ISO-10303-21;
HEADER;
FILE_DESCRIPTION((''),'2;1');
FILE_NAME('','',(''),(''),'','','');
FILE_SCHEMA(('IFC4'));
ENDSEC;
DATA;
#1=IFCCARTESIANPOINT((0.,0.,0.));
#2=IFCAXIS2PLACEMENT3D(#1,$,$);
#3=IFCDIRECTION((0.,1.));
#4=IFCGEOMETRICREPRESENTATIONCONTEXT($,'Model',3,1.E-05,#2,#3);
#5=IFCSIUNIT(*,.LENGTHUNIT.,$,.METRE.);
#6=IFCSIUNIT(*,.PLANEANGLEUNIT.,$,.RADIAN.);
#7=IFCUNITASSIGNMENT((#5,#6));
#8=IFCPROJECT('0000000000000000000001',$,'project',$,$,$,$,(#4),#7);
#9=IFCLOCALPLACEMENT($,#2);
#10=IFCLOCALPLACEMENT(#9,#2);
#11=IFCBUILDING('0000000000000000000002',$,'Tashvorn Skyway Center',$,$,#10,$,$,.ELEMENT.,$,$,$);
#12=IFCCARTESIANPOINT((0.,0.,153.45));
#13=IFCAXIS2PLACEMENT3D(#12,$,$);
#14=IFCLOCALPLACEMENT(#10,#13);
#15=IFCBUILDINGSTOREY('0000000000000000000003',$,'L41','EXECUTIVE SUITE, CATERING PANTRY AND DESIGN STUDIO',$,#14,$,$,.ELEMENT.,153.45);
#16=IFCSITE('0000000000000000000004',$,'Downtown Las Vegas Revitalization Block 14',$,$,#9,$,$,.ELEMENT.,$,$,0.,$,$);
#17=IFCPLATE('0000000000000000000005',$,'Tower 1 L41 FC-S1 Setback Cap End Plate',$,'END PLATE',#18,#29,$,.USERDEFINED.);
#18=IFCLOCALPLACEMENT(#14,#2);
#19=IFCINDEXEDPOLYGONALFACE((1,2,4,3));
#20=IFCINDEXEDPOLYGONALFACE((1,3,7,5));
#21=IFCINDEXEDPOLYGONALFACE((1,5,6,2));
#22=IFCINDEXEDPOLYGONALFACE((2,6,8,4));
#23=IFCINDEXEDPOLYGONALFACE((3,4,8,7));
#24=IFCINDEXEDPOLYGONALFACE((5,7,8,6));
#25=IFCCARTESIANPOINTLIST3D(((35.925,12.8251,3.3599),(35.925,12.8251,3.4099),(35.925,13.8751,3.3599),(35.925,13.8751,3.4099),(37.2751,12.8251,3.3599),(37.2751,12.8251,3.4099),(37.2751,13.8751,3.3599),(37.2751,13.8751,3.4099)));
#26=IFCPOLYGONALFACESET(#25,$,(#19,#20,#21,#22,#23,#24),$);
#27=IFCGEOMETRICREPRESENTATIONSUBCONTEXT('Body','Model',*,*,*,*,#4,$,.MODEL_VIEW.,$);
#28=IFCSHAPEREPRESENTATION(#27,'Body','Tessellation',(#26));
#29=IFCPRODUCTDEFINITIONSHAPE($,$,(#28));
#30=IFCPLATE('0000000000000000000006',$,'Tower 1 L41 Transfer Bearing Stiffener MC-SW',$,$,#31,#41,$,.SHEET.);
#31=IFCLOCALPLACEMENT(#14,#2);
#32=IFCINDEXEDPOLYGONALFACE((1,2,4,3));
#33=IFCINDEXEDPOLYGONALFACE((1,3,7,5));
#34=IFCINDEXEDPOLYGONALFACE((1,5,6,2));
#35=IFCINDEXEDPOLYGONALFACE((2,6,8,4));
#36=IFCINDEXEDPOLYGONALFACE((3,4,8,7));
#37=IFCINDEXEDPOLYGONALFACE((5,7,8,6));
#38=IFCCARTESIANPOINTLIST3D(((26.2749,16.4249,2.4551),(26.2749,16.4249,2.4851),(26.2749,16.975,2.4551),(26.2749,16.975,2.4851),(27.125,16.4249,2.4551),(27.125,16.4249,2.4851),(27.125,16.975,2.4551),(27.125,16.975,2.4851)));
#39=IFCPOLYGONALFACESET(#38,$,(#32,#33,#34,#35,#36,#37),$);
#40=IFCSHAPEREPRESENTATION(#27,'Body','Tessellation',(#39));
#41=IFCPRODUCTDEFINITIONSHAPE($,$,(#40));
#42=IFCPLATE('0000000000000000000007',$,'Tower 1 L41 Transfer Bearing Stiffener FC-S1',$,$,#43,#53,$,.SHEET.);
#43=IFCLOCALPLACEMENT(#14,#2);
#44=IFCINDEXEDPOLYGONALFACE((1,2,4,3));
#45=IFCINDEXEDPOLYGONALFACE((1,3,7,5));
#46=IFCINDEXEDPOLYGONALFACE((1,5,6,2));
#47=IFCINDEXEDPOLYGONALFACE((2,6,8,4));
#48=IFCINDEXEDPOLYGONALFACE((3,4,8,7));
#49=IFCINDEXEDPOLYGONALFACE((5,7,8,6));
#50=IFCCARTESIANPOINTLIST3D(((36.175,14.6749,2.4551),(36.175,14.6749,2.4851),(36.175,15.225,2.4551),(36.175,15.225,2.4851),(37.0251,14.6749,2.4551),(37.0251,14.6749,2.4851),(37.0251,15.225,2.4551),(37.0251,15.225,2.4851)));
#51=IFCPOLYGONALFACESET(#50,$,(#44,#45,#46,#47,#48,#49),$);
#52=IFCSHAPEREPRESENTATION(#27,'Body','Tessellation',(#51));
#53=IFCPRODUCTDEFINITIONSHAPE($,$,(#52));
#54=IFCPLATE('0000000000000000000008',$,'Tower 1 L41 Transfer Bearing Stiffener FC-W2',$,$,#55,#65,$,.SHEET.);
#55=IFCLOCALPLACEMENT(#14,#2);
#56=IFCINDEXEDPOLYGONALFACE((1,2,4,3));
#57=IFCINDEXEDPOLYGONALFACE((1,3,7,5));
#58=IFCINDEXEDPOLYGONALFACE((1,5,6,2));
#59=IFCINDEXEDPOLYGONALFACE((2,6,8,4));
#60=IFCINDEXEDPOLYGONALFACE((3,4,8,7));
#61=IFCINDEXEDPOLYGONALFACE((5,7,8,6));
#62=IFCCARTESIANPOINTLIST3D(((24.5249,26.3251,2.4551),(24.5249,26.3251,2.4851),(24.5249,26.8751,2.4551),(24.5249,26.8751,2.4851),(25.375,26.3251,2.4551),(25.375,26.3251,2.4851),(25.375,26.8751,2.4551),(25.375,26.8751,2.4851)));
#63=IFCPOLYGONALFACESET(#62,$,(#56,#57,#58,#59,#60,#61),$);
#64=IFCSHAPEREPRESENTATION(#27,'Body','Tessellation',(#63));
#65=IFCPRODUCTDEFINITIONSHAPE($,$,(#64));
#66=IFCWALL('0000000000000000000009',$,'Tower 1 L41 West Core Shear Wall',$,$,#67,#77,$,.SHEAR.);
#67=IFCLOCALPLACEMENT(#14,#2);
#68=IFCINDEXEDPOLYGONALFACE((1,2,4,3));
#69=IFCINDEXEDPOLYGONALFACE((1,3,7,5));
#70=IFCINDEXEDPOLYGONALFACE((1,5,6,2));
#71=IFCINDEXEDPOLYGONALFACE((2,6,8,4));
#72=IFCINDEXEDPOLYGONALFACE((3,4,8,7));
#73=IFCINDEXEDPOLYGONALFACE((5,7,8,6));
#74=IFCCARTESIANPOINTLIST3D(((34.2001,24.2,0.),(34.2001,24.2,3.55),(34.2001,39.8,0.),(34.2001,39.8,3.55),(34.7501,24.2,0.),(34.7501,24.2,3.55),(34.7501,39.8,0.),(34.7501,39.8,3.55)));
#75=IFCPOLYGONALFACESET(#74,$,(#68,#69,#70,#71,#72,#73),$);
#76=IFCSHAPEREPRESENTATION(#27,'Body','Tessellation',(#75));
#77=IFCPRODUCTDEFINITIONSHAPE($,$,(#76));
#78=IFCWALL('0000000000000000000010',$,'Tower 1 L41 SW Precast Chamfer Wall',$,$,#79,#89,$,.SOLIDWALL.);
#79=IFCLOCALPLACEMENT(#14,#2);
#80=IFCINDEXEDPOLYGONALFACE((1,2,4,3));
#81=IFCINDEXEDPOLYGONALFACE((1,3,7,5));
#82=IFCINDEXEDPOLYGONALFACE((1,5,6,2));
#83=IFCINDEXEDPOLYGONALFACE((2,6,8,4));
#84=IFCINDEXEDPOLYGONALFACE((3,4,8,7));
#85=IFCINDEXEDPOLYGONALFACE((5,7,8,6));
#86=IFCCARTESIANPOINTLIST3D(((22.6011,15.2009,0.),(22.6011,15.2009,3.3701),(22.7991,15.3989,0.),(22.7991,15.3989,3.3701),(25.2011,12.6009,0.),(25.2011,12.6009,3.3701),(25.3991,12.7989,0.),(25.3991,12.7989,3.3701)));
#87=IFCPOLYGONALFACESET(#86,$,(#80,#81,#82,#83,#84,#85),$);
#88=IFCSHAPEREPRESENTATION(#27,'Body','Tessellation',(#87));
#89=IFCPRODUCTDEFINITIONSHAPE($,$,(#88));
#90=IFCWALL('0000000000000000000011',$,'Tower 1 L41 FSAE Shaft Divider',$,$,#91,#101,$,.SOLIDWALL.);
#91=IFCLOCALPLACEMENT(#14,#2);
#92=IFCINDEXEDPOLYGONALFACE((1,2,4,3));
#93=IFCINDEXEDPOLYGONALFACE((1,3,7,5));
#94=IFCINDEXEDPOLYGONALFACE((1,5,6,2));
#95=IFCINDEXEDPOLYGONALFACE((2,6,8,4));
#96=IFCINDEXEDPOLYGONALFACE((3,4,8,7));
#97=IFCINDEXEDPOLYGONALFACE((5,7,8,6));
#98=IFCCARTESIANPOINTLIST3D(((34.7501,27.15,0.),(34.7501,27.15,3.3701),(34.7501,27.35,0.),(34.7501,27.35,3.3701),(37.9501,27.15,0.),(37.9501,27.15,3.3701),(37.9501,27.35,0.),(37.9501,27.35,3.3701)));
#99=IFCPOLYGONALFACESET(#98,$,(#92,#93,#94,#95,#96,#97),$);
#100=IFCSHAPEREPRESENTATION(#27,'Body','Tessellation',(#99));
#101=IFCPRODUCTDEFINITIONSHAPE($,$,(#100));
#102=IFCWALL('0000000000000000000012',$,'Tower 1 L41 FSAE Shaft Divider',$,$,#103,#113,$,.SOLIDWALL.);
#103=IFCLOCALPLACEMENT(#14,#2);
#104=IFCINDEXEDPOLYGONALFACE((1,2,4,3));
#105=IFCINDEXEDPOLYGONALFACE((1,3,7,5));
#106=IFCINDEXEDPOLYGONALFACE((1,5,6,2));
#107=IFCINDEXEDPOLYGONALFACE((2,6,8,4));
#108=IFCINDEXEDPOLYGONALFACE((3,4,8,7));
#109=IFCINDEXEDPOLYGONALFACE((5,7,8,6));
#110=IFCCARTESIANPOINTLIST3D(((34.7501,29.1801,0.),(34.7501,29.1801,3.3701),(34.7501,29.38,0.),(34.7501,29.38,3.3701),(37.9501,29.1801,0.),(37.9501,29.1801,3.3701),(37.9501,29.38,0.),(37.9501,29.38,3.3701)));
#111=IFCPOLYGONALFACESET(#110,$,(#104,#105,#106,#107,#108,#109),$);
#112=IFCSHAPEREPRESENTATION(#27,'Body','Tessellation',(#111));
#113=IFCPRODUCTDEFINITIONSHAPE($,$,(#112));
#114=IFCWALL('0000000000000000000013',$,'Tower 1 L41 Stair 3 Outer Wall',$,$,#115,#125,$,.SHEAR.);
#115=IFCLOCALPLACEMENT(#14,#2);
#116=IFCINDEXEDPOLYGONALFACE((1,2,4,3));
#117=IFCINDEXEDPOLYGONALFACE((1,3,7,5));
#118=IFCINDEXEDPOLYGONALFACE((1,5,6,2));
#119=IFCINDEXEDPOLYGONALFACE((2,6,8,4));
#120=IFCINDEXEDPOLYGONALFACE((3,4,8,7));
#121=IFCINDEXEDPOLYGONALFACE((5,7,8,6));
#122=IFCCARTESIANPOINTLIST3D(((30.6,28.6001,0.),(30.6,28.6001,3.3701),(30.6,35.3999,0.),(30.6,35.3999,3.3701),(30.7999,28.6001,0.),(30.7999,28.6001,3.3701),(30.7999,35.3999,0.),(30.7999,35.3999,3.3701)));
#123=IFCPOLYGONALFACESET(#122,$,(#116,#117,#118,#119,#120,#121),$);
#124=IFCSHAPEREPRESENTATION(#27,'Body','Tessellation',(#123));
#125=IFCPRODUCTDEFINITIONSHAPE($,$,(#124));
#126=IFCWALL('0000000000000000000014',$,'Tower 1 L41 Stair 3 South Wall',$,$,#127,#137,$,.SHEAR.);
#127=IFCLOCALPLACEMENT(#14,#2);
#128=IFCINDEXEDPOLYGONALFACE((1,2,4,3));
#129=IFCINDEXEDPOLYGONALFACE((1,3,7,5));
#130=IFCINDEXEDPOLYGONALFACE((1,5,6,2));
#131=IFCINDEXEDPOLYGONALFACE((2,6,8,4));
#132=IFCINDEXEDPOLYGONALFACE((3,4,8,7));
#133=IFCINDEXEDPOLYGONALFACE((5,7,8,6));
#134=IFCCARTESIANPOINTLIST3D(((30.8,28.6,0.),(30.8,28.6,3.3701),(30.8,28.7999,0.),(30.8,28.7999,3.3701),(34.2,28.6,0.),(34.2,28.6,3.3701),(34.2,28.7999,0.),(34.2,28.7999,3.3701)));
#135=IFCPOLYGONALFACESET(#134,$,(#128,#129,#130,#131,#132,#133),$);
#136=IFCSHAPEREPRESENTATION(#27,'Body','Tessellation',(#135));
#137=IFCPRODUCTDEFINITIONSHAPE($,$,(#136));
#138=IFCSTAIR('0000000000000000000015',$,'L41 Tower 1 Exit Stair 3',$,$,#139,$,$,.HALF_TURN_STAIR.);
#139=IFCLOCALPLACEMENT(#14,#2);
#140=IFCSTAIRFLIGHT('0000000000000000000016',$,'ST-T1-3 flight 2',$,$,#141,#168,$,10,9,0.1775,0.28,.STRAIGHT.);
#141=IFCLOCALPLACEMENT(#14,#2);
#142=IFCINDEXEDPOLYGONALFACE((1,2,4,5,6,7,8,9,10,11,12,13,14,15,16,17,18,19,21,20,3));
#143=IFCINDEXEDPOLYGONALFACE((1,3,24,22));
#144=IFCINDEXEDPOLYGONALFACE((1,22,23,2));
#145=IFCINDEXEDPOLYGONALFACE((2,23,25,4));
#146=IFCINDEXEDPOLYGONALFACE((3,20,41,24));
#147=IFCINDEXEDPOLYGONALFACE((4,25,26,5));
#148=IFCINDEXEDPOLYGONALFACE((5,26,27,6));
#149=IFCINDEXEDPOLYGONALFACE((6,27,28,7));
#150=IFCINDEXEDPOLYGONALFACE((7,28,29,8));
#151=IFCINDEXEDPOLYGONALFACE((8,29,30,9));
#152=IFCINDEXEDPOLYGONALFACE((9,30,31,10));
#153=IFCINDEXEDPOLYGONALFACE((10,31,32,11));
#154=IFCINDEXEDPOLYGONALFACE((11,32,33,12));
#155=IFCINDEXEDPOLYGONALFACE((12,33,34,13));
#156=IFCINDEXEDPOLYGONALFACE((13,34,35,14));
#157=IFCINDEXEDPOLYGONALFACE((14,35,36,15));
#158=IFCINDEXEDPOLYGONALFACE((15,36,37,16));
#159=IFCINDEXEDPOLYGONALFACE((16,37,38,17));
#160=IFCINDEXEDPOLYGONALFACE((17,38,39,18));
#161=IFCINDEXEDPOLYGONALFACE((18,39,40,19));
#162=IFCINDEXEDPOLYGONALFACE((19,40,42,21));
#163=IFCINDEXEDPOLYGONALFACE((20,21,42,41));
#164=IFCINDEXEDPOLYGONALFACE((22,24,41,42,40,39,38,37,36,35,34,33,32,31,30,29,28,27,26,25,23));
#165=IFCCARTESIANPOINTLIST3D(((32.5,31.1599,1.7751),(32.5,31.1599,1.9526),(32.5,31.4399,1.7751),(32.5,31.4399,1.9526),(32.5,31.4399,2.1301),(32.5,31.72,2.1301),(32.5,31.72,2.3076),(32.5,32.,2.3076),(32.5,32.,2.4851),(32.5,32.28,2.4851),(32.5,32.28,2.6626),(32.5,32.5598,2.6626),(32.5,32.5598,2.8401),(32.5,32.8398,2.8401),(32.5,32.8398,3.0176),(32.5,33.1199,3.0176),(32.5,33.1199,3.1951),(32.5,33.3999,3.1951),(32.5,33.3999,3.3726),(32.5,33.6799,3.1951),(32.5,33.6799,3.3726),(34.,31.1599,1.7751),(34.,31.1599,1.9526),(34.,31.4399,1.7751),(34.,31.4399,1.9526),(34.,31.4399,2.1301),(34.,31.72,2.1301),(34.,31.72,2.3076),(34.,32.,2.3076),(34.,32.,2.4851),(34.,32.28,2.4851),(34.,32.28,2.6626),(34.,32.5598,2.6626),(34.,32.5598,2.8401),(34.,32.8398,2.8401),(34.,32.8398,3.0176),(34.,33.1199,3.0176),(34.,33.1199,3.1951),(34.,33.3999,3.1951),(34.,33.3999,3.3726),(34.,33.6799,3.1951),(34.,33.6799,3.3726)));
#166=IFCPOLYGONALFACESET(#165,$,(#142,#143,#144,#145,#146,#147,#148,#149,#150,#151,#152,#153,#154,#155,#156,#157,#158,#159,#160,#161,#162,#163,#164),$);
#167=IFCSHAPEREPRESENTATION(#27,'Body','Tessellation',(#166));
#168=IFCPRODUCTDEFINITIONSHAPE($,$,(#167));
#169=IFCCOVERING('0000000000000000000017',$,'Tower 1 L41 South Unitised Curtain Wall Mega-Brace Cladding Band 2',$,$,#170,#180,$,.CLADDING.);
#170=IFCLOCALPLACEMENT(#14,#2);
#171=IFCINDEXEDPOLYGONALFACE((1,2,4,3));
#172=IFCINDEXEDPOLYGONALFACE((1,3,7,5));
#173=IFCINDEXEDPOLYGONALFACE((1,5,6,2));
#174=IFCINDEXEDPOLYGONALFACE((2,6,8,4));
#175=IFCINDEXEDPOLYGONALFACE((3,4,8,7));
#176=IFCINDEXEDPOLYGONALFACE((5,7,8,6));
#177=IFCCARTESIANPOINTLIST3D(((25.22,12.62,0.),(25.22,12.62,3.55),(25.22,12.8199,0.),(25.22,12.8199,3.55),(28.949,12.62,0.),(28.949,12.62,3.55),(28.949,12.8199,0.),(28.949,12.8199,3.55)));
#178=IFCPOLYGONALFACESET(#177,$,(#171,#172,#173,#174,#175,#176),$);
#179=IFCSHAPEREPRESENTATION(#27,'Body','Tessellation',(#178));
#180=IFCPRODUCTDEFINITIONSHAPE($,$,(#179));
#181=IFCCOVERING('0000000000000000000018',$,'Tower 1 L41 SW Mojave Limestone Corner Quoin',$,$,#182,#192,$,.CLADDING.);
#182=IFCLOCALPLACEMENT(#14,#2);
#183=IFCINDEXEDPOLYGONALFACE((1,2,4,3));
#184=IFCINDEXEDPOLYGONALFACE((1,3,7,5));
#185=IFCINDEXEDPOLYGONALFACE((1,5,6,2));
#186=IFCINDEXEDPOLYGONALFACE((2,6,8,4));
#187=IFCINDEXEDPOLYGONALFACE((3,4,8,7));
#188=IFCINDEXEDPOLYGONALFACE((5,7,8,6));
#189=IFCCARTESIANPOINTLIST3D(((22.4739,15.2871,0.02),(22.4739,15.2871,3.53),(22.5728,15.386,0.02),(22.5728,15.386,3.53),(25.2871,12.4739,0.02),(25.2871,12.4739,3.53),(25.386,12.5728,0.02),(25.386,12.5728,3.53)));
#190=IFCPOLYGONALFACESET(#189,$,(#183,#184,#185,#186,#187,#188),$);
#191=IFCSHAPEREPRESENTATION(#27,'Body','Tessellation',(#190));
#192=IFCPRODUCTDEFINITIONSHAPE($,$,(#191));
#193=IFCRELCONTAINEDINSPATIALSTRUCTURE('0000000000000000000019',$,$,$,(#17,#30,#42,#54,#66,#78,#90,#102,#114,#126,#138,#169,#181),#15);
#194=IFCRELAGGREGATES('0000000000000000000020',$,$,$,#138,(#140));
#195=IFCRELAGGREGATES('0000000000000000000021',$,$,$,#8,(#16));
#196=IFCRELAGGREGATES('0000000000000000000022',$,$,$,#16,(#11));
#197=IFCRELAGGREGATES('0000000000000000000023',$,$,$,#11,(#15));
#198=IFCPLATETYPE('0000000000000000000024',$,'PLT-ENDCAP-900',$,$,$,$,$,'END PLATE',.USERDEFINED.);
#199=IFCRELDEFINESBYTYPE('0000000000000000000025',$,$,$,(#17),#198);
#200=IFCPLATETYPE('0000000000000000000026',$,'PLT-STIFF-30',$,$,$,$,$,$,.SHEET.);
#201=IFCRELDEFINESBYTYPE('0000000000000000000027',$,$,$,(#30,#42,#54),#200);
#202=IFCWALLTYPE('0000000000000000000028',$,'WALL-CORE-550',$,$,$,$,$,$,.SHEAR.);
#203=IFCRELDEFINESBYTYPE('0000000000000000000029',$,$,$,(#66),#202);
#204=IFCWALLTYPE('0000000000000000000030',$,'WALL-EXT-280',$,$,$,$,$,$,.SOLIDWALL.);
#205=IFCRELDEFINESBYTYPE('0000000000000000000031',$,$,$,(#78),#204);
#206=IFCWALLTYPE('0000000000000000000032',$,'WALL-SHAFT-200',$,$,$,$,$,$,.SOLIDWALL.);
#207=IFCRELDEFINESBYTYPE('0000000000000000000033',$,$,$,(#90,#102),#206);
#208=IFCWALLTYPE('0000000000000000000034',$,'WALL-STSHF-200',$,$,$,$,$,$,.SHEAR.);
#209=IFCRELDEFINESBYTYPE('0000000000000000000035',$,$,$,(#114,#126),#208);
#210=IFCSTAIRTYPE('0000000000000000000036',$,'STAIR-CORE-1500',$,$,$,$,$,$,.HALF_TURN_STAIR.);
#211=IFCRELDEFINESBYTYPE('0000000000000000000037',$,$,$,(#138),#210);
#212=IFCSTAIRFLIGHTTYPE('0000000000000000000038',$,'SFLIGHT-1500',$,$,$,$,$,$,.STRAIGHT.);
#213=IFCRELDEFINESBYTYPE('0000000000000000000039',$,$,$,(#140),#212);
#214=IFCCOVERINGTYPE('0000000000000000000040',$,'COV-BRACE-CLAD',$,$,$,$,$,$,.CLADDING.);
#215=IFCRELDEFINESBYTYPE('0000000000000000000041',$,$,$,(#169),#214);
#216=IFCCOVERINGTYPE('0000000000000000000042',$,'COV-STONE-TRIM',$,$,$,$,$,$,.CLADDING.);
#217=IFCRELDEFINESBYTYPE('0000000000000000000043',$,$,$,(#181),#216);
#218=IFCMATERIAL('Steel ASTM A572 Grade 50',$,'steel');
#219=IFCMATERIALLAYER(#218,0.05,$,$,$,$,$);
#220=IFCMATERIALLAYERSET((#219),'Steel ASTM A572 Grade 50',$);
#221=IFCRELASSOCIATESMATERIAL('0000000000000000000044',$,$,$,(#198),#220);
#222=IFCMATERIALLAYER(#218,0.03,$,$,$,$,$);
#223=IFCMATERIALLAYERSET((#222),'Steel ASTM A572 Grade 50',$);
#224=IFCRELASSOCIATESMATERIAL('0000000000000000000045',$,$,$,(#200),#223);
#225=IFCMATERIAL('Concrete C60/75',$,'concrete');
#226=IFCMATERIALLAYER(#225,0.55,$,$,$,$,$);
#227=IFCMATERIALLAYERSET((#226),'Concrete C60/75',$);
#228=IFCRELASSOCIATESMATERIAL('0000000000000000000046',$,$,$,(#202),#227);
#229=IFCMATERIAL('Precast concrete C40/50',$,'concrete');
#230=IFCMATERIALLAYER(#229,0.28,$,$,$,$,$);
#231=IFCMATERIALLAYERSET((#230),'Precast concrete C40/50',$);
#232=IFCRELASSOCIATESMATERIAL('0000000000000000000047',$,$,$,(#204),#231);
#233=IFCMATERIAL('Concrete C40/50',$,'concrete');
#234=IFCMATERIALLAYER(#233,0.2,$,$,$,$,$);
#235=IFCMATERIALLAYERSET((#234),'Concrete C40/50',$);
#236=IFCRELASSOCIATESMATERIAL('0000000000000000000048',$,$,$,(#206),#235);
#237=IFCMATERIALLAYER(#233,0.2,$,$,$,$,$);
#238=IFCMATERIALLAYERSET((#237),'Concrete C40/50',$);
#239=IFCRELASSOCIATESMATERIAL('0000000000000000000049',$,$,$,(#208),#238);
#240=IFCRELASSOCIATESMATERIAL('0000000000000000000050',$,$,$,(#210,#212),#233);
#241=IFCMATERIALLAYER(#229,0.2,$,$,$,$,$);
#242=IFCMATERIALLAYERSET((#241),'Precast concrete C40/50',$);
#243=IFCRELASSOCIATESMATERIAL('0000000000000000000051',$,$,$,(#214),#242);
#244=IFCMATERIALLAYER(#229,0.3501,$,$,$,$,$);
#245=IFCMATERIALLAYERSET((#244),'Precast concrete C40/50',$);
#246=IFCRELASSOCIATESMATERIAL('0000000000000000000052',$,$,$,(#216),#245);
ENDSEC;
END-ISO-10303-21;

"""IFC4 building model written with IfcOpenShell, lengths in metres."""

from ifc_helpers import new_model, si_unit, direction, frame, frame_2d, origin, origin_2d, place, context, subcontext, project, spatial, polyline, rectangle, outline, extrude, material, layer, layer_set, type_object, element, aggregate, save


model = new_model("IFC4")

# Units and contexts
model_context = context("Model", 3, precision=1e-05, world=origin(), true_north=direction((0.0, 1.0)))
body_context = subcontext(model_context, "Body", "Model", "MODEL_VIEW")
ifc_project = project(units=[si_unit("LENGTHUNIT", "METRE"), si_unit("PLANEANGLEUNIT", "RADIAN")], contexts=[model_context])

# Site, building, storey
site_placement = place(None, origin())
site = spatial("IfcSite", under=ifc_project, at=site_placement, Name="Downtown Las Vegas Revitalization Block 14", CompositionType="ELEMENT", RefElevation=0.0)
building_placement = place(site_placement, origin())
building = spatial("IfcBuilding", under=site, at=building_placement, Name="Tashvorn Skyway Center", CompositionType="ELEMENT")
storey_placement = place(building_placement, frame((0.0, 0.0, 153.45)))
storey = spatial("IfcBuildingStorey", under=building, at=storey_placement, Name="L41", Description="EXECUTIVE SUITE, CATERING PANTRY AND DESIGN STUDIO", CompositionType="ELEMENT", Elevation=153.45)

# Shared definitions
ifc_material_1 = material(Name="Steel ASTM A572 Grade 50", Category="steel")

# Plates
ifc_layer_1 = layer(ifc_material_1, 0.05)
ifc_layer_set_1 = layer_set([ifc_layer_1], Name="Steel ASTM A572 Grade 50")
plate_type_1 = type_object("IfcPlateType", Name="PLT-ENDCAP-900", ElementType="END PLATE", PredefinedType="USERDEFINED", material=ifc_layer_set_1)
plate_1_placement = place(storey_placement, frame((36.6001, 13.3501, 3.3599), z_axis=(0.0, 0.0, 1.0), x_axis=(1.0, 0.0, 0.0)))
element("IfcPlate", 1, at=plate_1_placement, inside=storey, type_object=plate_type_1, Name="Tower 1 L41 FC-S1 Setback Cap End Plate", ObjectType="END PLATE", PredefinedType="USERDEFINED", context=body_context, shape_type="SweptSolid", body=[
    extrude(rectangle(XDim=1.3501, YDim=1.05, at=origin_2d()), origin(), (0.0, 0.0, 1.0), 0.05),
])
ifc_layer_2 = layer(ifc_material_1, 0.03)
ifc_layer_set_2 = layer_set([ifc_layer_2], Name="Steel ASTM A572 Grade 50")
plate_type_2 = type_object("IfcPlateType", Name="PLT-STIFF-30", PredefinedType="SHEET", material=ifc_layer_set_2)
for number, where, z_axis, x_axis, name in (
    (2, (26.7, 16.7, 2.4551), (0.0, 0.0, 1.0), (1.0, 0.0, 0.0), "Tower 1 L41 Transfer Bearing Stiffener MC-SW"),
    (3, (36.6001, 14.95, 2.4551), (0.0, 0.0, 1.0), (1.0, 0.0, 0.0), "Tower 1 L41 Transfer Bearing Stiffener FC-S1"),
    (4, (24.95, 26.6001, 2.4551), (0.0, 0.0, 1.0), (1.0, 0.0, 0.0), "Tower 1 L41 Transfer Bearing Stiffener FC-W2"),
):
    element("IfcPlate", number, at=place(storey_placement, frame(where, z_axis=z_axis, x_axis=x_axis)), inside=storey, type_object=plate_type_2, Name=name, PredefinedType="SHEET", context=body_context, shape_type="SweptSolid", body=[
        extrude(rectangle(XDim=0.8501, YDim=0.55, at=origin_2d()), origin(), (0.0, 0.0, 1.0), 0.03),
    ])

# Walls
ifc_material_2 = material(Name="Concrete C60/75", Category="concrete")
ifc_layer_3 = layer(ifc_material_2, 0.55)
ifc_layer_set_3 = layer_set([ifc_layer_3], Name="Concrete C60/75")
wall_type_1 = type_object("IfcWallType", Name="WALL-CORE-550", PredefinedType="SHEAR", material=ifc_layer_set_3)
wall_1_placement = place(storey_placement, frame((34.4751, 24.2, 0.0), z_axis=(0.0, 0.0, 1.0), x_axis=(0.0, 1.0, 0.0)))
element("IfcWall", 5, at=wall_1_placement, inside=storey, type_object=wall_type_1, Name="Tower 1 L41 West Core Shear Wall", PredefinedType="SHEAR", context=body_context, shape_type="SweptSolid", body=[
    extrude(rectangle(XDim=15.6001, YDim=0.55, at=frame_2d((7.8, 0.0))), origin(), (0.0, 0.0, 1.0), 3.55),
])
ifc_material_3 = material(Name="Precast concrete C40/50", Category="concrete")
ifc_layer_4 = layer(ifc_material_3, 0.28)
ifc_layer_set_4 = layer_set([ifc_layer_4], Name="Precast concrete C40/50")
wall_type_2 = type_object("IfcWallType", Name="WALL-EXT-280", PredefinedType="SOLIDWALL", material=ifc_layer_set_4)
wall_2_placement = place(storey_placement, frame((25.3, 12.7, 0.0), z_axis=(0.0, 0.0, 1.0), x_axis=(-0.707107, 0.707107, 0.0)))
element("IfcWall", 6, at=wall_2_placement, inside=storey, type_object=wall_type_2, Name="Tower 1 L41 SW Precast Chamfer Wall", PredefinedType="SOLIDWALL", context=body_context, shape_type="SweptSolid", body=[
    extrude(rectangle(XDim=3.677, YDim=0.28, at=frame_2d((1.8384, 0.0))), origin(), (0.0, 0.0, 1.0), 3.3701),
])
ifc_material_4 = material(Name="Concrete C40/50", Category="concrete")
ifc_layer_5 = layer(ifc_material_4, 0.2)
ifc_layer_set_5 = layer_set([ifc_layer_5], Name="Concrete C40/50")
wall_type_3 = type_object("IfcWallType", Name="WALL-SHAFT-200", PredefinedType="SOLIDWALL", material=ifc_layer_set_5)
for number, where, z_axis, x_axis, name in (
    (7, (34.75, 27.25, 0.0), (0.0, 0.0, 1.0), (1.0, 0.0, 0.0), "Tower 1 L41 FSAE Shaft Divider"),
    (8, (34.75, 29.28, 0.0), (0.0, 0.0, 1.0), (1.0, 0.0, 0.0), "Tower 1 L41 FSAE Shaft Divider"),
):
    element("IfcWall", number, at=place(storey_placement, frame(where, z_axis=z_axis, x_axis=x_axis)), inside=storey, type_object=wall_type_3, Name=name, PredefinedType="SOLIDWALL", context=body_context, shape_type="SweptSolid", body=[
        extrude(rectangle(XDim=3.2, YDim=0.2, at=frame_2d((1.6001, 0.0))), origin(), (0.0, 0.0, 1.0), 3.3701),
    ])
ifc_layer_6 = layer(ifc_material_4, 0.2)
ifc_layer_set_6 = layer_set([ifc_layer_6], Name="Concrete C40/50")
wall_type_4 = type_object("IfcWallType", Name="WALL-STSHF-200", PredefinedType="SHEAR", material=ifc_layer_set_6)
wall_3_placement = place(storey_placement, frame((30.7, 28.6001, 0.0), z_axis=(0.0, 0.0, 1.0), x_axis=(0.0, 1.0, 0.0)))
element("IfcWall", 9, at=wall_3_placement, inside=storey, type_object=wall_type_4, Name="Tower 1 L41 Stair 3 Outer Wall", PredefinedType="SHEAR", context=body_context, shape_type="SweptSolid", body=[
    extrude(rectangle(XDim=6.7998, YDim=0.2, at=frame_2d((3.3999, 0.0))), origin(), (0.0, 0.0, 1.0), 3.3701),
])
wall_4_placement = place(storey_placement, frame((30.8, 28.7, 0.0), z_axis=(0.0, 0.0, 1.0), x_axis=(1.0, 0.0, 0.0)))
element("IfcWall", 10, at=wall_4_placement, inside=storey, type_object=wall_type_4, Name="Tower 1 L41 Stair 3 South Wall", PredefinedType="SHEAR", context=body_context, shape_type="SweptSolid", body=[
    extrude(rectangle(XDim=3.3999, YDim=0.2, at=frame_2d((1.7, 0.0))), origin(), (0.0, 0.0, 1.0), 3.3701),
])

# Stair, stair flight
stair_type = type_object("IfcStairType", Name="STAIR-CORE-1500", PredefinedType="HALF_TURN_STAIR", material=ifc_material_4)
stair_placement = place(storey_placement, origin())
stair = element("IfcStair", 11, at=stair_placement, inside=storey, type_object=stair_type, Name="L41 Tower 1 Exit Stair 3", PredefinedType="HALF_TURN_STAIR")
stair_flight_type = type_object("IfcStairFlightType", Name="SFLIGHT-1500", PredefinedType="STRAIGHT", material=ifc_material_4)
stair_flight_placement = place(storey_placement, frame((33.25, 31.1599, 1.7751), z_axis=(0.0, 0.0, 1.0), x_axis=(0.0, 1.0, 0.0)))
stair_flight = element("IfcStairFlight", 12, at=stair_flight_placement, type_object=stair_flight_type, Name="ST-T1-3 flight 2", NumberOfRisers=10, NumberOfTreads=9, PredefinedType="STRAIGHT", RiserHeight=0.1775, TreadLength=0.28, context=body_context, shape_type="SweptSolid", body=[
    extrude(outline(polyline([(0.0, 0.0), (0.0, 0.1775), (0.28, 0.1775), (0.28, 0.355), (0.5601, 0.355), (0.5601, 0.5325), (0.8401, 0.5325), (0.8401, 0.71), (1.1201, 0.71), (1.1201, 0.8875), (1.3999, 0.8875), (1.3999, 1.0649), (1.6799, 1.0649), (1.6799, 1.2424), (1.96, 1.2424), (1.96, 1.4199), (2.24, 1.4199), (2.24, 1.5974), (2.52, 1.5974), (2.52, 1.7749), (2.52, 1.4199), (0.28, 0.0), (0.0, 0.0)])), frame((0.0, 0.75, 0.0), z_axis=(0.0, -1.0, 0.0), x_axis=(1.0, 0.0, 0.0)), (0.0, 0.0, 1.0), 1.5),
])
aggregate(stair, [stair_flight])

# Coverings
ifc_layer_7 = layer(ifc_material_3, 0.2)
ifc_layer_set_7 = layer_set([ifc_layer_7], Name="Precast concrete C40/50")
covering_type_1 = type_object("IfcCoveringType", Name="COV-BRACE-CLAD", PredefinedType="CLADDING", material=ifc_layer_set_7)
covering_1_placement = place(storey_placement, frame((27.0845, 12.72, 0.0), z_axis=(0.0, 0.0, 1.0), x_axis=(-1.0, 0.0, 0.0)))
element("IfcCovering", 13, at=covering_1_placement, inside=storey, type_object=covering_type_1, Name="Tower 1 L41 South Unitised Curtain Wall Mega-Brace Cladding Band 2", PredefinedType="CLADDING", context=body_context, shape_type="SweptSolid", body=[
    extrude(rectangle(XDim=3.729, YDim=0.2, at=origin_2d()), origin(), (0.0, 0.0, 1.0), 3.55),
])
ifc_layer_8 = layer(ifc_material_3, 0.3501)
ifc_layer_set_8 = layer_set([ifc_layer_8], Name="Precast concrete C40/50")
covering_type_2 = type_object("IfcCoveringType", Name="COV-STONE-TRIM", PredefinedType="CLADDING", material=ifc_layer_set_8)
covering_2_placement = place(storey_placement, frame((23.9299, 13.9299, 0.02), z_axis=(0.0, 0.0, 1.0), x_axis=(-0.707107, 0.707107, 0.0)))
element("IfcCovering", 14, at=covering_2_placement, inside=storey, type_object=covering_type_2, Name="Tower 1 L41 SW Mojave Limestone Corner Quoin", PredefinedType="CLADDING", context=body_context, shape_type="SweptSolid", body=[
    extrude(rectangle(XDim=3.9785, YDim=0.1399, at=origin_2d()), origin(), (0.0, 0.0, 1.0), 3.51),
])

save(model, "model.ifc")
